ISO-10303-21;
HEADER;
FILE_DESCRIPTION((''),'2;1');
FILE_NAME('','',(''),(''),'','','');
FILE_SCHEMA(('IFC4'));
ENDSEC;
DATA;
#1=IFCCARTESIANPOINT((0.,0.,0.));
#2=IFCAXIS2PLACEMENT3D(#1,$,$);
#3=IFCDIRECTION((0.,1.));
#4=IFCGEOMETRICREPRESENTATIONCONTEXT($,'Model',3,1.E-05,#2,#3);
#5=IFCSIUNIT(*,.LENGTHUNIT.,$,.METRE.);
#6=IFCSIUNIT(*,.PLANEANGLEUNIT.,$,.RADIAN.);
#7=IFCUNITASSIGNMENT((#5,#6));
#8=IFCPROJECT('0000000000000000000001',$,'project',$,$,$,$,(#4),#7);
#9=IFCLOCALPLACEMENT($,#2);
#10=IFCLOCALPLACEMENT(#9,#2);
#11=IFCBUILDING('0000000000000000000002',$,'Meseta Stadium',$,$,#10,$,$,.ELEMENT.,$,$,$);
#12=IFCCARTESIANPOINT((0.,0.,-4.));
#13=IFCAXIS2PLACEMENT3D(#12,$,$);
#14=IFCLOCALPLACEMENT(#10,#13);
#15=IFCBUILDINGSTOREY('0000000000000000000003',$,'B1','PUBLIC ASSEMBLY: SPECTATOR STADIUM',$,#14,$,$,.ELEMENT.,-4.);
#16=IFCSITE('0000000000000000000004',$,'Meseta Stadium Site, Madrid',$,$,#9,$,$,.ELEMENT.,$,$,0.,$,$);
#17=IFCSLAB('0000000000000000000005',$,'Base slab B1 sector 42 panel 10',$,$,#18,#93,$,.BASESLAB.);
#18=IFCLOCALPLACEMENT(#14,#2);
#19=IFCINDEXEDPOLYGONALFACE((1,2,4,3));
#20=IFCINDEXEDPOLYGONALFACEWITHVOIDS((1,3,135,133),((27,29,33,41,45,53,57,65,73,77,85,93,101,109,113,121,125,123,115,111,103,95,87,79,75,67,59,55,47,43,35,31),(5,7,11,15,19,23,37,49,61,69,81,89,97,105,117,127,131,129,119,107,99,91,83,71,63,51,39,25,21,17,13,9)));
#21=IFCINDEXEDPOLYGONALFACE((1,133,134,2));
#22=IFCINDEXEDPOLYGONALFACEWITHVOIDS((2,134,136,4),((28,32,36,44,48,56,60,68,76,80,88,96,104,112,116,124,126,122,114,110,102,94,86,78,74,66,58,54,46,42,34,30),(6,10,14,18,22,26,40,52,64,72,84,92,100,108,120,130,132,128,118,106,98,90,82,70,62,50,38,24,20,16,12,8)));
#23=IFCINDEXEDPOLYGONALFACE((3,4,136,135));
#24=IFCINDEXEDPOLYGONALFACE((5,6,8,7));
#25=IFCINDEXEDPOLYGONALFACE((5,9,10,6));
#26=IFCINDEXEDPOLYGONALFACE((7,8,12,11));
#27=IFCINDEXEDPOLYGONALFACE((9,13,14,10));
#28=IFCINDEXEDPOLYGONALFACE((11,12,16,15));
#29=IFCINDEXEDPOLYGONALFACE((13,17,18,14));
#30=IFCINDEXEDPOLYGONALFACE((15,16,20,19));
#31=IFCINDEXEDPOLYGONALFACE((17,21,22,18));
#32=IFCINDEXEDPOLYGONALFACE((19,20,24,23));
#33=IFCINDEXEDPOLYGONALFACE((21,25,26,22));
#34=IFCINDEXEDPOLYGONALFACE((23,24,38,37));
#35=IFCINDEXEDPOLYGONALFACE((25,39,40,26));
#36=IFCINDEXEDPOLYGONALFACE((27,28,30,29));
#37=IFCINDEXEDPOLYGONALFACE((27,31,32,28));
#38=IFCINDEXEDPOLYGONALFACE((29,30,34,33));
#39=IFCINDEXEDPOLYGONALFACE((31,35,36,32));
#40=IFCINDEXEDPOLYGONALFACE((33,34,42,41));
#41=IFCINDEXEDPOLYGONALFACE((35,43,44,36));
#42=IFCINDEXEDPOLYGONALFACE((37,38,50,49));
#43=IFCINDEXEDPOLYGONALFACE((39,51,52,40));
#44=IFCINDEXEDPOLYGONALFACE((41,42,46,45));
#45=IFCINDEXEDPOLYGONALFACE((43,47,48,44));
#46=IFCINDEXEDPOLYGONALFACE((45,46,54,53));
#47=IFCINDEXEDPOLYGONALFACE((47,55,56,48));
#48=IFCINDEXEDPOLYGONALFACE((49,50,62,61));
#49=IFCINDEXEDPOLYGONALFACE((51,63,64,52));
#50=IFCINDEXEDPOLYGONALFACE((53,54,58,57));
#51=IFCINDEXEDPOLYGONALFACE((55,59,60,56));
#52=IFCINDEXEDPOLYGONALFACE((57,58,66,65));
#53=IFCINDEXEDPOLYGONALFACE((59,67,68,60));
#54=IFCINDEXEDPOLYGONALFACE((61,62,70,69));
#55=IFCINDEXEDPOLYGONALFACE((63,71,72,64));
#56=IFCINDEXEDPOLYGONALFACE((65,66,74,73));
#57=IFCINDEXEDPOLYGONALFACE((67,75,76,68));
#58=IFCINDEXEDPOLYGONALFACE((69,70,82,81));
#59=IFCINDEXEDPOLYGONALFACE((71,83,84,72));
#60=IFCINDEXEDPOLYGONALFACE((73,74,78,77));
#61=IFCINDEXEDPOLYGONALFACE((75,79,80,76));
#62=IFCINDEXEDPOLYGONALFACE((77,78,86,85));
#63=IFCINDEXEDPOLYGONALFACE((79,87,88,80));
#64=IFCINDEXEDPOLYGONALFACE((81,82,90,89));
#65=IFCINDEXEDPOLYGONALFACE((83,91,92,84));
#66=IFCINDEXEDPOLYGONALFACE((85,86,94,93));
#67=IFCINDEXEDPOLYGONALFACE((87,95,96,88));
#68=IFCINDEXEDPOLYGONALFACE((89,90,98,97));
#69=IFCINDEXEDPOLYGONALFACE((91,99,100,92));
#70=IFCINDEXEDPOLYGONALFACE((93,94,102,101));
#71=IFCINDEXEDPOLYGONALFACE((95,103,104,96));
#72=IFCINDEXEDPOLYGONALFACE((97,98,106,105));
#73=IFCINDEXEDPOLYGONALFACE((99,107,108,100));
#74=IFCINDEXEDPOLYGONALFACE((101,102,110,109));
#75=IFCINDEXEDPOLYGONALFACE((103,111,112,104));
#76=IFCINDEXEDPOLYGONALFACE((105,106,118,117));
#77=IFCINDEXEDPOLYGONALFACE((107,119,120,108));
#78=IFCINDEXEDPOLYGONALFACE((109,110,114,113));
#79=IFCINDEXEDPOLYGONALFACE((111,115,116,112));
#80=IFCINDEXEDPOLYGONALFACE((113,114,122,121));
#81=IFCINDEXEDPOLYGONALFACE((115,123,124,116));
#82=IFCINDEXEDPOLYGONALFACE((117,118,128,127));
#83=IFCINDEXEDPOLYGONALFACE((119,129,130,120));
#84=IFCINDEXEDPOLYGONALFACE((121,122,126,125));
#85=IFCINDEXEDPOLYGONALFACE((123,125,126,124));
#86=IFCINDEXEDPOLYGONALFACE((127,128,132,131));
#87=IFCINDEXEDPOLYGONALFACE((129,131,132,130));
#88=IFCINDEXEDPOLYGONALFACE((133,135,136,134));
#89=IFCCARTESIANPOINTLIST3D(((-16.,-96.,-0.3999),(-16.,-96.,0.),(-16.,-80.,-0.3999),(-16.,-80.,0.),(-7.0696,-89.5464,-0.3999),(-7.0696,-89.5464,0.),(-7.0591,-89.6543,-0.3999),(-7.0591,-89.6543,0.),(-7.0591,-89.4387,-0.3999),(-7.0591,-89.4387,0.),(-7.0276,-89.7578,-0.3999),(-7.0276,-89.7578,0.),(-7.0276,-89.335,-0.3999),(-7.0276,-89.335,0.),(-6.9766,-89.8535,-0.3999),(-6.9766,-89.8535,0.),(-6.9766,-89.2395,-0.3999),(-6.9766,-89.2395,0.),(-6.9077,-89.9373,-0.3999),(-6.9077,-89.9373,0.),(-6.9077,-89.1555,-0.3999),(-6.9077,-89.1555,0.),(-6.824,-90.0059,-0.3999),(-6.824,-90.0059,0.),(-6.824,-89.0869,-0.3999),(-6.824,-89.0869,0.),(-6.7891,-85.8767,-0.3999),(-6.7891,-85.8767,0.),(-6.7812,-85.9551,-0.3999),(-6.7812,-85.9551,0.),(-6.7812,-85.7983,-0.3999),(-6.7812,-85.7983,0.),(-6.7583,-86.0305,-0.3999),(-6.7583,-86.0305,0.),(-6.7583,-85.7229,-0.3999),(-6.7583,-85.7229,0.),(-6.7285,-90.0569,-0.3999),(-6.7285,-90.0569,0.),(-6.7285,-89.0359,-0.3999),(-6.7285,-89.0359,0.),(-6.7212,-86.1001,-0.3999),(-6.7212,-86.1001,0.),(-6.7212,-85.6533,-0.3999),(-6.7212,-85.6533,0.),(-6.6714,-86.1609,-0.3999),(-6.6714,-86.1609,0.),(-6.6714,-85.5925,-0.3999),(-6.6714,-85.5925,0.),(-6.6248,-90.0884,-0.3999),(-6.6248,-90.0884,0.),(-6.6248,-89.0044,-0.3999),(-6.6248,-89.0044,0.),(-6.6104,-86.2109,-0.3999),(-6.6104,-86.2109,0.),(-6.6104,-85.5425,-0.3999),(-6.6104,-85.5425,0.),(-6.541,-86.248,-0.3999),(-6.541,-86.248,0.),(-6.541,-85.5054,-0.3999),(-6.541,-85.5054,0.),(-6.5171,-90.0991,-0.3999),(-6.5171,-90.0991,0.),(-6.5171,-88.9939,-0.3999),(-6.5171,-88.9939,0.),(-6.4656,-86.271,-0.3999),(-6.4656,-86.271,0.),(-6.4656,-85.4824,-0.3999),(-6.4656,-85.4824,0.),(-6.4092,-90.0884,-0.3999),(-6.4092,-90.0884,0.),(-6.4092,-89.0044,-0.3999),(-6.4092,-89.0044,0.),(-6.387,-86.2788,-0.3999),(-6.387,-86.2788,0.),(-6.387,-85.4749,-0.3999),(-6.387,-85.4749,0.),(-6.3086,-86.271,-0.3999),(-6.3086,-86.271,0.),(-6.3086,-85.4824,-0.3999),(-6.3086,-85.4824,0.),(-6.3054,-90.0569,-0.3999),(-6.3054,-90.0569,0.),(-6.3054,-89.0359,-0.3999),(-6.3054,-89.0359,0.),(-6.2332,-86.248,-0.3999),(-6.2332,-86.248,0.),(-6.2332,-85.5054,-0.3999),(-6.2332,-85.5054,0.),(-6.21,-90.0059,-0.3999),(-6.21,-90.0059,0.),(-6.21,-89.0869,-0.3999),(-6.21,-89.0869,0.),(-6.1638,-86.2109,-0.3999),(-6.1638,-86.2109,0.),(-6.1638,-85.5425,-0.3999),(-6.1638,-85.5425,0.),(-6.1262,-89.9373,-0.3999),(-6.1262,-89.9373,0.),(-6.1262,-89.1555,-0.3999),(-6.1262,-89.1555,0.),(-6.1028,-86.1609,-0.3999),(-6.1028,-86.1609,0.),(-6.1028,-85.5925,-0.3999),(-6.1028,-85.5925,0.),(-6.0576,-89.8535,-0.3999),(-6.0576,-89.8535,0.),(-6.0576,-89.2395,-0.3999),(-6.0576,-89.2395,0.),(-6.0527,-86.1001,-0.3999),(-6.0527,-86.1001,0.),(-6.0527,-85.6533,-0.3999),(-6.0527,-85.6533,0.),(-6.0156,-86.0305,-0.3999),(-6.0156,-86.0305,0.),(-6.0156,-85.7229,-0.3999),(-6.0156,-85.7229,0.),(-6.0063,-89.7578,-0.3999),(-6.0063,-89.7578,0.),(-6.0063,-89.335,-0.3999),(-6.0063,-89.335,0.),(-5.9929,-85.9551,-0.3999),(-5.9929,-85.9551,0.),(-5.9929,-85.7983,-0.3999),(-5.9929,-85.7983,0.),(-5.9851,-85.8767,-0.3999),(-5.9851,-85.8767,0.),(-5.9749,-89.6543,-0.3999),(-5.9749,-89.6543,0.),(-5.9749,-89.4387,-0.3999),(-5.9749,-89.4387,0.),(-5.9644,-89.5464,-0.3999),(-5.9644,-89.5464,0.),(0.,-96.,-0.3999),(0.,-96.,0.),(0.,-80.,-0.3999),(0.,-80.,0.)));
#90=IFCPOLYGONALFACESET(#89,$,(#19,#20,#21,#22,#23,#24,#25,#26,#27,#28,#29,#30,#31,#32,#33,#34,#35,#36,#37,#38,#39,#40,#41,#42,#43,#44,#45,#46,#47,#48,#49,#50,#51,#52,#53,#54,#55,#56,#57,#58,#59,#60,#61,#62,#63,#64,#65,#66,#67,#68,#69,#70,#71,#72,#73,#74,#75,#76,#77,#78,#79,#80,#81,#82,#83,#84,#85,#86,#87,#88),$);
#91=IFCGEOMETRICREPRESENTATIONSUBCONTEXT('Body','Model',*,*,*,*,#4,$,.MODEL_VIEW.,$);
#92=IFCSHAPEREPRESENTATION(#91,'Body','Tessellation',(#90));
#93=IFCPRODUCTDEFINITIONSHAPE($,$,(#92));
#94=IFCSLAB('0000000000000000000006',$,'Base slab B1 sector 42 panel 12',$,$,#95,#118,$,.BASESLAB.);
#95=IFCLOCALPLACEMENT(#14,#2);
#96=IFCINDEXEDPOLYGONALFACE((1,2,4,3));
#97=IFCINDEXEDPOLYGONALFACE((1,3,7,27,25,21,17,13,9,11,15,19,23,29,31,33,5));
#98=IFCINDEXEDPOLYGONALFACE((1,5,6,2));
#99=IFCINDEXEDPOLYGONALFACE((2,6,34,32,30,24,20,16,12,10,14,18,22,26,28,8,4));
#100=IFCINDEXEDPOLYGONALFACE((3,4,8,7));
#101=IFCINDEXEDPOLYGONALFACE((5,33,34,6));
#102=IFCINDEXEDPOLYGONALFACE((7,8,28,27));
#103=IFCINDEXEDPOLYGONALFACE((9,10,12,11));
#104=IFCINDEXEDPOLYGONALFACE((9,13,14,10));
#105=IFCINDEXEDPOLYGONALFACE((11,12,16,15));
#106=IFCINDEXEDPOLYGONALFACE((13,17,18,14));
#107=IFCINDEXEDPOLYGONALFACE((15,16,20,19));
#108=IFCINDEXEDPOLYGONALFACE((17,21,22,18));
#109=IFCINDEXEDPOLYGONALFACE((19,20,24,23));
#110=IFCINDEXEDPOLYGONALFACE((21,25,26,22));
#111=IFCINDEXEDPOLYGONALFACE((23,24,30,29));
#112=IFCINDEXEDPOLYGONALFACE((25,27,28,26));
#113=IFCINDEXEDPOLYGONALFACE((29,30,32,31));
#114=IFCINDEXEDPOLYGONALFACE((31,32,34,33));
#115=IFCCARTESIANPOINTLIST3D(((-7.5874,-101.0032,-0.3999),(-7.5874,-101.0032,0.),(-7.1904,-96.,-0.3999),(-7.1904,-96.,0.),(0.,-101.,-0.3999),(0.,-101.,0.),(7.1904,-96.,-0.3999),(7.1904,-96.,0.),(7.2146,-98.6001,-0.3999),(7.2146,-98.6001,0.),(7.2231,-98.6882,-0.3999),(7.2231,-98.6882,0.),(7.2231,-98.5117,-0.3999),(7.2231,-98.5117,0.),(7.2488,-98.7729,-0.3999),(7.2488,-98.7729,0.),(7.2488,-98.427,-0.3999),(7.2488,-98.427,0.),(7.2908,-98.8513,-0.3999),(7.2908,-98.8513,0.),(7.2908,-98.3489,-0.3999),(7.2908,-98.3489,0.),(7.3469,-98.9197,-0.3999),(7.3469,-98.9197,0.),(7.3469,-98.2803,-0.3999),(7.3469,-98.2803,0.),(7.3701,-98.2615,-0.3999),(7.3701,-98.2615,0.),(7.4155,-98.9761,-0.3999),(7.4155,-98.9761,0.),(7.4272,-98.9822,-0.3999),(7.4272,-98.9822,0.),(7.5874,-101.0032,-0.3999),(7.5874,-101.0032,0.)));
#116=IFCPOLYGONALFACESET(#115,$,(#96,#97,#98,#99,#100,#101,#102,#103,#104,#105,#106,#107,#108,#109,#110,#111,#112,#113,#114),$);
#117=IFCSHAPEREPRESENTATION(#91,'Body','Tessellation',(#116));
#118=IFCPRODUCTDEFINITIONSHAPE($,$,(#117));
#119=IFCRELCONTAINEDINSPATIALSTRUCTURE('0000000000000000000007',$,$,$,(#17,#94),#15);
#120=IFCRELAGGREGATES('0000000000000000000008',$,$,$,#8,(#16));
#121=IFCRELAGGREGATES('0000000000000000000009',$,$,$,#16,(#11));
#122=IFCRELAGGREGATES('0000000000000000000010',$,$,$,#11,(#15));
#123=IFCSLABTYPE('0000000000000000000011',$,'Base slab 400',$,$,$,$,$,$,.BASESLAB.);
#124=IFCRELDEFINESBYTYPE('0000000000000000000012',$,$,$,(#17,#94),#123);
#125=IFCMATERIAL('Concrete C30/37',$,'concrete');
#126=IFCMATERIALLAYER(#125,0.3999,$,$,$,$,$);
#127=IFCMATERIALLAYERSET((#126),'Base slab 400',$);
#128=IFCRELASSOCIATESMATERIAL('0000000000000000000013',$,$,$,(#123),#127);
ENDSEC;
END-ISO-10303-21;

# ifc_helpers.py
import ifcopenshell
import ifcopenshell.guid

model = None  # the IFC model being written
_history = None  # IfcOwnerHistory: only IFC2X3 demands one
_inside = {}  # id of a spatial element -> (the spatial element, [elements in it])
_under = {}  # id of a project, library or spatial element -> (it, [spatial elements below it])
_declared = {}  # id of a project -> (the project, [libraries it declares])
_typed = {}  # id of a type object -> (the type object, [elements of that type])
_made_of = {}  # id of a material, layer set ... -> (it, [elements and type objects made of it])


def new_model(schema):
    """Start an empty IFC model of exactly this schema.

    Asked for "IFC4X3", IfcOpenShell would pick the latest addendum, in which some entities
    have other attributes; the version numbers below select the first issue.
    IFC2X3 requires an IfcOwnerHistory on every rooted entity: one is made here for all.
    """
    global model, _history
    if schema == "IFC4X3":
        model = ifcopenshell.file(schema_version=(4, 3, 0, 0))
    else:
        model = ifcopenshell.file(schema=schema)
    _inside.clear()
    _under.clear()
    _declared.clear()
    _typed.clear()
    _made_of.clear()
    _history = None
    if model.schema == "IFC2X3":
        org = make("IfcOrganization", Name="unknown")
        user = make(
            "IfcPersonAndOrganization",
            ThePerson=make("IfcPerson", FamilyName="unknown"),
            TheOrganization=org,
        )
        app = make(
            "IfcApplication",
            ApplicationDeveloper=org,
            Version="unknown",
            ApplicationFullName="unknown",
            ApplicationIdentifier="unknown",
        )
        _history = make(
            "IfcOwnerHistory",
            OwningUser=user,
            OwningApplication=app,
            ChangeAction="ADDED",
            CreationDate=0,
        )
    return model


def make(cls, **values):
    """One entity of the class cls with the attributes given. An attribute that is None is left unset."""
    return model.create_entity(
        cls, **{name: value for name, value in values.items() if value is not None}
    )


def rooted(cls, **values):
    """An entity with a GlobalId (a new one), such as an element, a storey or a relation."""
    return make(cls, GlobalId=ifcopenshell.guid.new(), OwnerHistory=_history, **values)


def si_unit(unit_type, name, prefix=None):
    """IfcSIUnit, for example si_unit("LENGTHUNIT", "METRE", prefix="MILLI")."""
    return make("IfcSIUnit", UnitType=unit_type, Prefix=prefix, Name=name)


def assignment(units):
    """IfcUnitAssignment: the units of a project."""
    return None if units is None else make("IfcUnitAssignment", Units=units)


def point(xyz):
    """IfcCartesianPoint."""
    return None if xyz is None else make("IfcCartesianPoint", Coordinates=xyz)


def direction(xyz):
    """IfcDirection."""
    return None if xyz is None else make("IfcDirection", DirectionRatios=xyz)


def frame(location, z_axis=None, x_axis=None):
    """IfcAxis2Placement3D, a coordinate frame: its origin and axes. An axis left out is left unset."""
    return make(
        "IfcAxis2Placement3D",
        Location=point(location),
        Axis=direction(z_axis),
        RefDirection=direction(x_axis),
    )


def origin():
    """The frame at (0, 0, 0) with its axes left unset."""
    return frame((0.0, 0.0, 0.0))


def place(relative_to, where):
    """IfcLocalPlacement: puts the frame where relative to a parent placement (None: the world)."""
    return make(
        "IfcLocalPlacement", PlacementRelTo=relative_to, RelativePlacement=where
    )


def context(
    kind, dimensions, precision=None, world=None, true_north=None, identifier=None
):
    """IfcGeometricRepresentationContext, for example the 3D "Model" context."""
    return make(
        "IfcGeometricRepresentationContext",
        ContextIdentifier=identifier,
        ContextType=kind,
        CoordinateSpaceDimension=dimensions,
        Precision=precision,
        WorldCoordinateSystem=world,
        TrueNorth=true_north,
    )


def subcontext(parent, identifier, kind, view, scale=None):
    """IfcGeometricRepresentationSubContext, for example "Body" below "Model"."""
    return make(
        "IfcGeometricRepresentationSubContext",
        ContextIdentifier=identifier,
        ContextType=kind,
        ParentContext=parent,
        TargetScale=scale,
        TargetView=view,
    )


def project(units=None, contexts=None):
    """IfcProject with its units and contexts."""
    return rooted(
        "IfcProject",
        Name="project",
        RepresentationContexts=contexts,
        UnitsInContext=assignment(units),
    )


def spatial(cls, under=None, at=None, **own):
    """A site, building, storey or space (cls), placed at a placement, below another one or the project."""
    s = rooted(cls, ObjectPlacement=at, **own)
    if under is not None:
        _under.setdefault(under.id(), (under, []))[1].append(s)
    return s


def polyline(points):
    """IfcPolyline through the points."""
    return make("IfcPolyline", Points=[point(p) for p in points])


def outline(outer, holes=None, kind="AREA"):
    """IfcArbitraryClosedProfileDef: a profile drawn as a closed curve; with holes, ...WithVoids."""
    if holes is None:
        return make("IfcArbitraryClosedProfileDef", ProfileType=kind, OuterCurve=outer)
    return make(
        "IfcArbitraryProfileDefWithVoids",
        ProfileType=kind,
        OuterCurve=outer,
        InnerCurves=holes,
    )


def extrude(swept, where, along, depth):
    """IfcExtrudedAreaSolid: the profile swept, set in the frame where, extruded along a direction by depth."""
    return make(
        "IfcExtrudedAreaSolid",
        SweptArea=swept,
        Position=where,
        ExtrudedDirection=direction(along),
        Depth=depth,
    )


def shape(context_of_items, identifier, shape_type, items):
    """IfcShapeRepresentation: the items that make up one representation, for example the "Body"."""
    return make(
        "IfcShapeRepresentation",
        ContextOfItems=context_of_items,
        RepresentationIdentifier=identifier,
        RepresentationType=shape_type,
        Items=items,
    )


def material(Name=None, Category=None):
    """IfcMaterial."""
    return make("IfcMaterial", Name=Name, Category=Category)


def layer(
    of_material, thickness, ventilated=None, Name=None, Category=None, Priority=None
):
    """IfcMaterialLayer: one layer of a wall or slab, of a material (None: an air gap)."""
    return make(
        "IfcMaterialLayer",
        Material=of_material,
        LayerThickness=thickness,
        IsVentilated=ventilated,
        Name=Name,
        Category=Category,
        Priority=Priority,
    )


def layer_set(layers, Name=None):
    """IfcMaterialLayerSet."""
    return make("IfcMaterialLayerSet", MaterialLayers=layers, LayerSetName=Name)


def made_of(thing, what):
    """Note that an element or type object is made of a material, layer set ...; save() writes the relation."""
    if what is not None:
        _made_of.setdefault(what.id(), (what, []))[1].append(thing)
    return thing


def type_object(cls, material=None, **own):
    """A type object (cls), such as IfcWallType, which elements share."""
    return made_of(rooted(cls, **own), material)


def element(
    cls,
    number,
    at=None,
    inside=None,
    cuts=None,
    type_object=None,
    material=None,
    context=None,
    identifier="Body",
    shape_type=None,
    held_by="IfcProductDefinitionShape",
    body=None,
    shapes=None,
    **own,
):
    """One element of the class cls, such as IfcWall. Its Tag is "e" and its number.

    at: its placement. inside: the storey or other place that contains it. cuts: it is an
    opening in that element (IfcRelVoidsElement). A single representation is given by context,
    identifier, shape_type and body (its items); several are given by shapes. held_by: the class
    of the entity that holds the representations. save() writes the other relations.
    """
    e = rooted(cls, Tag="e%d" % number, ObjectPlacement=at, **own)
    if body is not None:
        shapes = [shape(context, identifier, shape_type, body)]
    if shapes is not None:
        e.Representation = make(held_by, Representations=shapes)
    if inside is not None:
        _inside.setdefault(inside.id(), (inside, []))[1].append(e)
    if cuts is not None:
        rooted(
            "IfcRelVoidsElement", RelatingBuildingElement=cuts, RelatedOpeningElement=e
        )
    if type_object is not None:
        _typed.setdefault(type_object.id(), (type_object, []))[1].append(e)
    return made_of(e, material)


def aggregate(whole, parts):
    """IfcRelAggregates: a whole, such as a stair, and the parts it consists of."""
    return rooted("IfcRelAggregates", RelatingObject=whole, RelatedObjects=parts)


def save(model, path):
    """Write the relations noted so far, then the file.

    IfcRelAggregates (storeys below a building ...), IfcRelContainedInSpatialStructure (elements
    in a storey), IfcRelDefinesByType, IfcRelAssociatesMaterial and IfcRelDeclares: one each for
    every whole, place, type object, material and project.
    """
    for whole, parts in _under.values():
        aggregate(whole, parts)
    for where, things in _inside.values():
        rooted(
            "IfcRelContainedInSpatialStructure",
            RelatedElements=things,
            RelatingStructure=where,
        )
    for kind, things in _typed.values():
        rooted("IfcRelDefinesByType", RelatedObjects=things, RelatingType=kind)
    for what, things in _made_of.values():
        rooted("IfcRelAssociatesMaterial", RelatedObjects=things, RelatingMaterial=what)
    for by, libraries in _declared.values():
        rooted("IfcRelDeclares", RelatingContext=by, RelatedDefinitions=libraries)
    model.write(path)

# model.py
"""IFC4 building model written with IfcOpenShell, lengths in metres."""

from ifc_helpers import new_model, si_unit, direction, frame, origin, place, context, subcontext, project, spatial, polyline, outline, extrude, material, layer, layer_set, type_object, element, save


model = new_model("IFC4")

# Units and contexts
model_context = context("Model", 3, precision=1e-05, world=origin(), true_north=direction((0.0, 1.0)))
body_context = subcontext(model_context, "Body", "Model", "MODEL_VIEW")
ifc_project = project(units=[si_unit("LENGTHUNIT", "METRE"), si_unit("PLANEANGLEUNIT", "RADIAN")], contexts=[model_context])

# Site, building, storey
site_placement = place(None, origin())
site = spatial("IfcSite", under=ifc_project, at=site_placement, Name="Meseta Stadium Site, Madrid", CompositionType="ELEMENT", RefElevation=0.0)
building_placement = place(site_placement, origin())
building = spatial("IfcBuilding", under=site, at=building_placement, Name="Meseta Stadium", CompositionType="ELEMENT")
storey_placement = place(building_placement, frame((0.0, 0.0, -4.0)))
storey = spatial("IfcBuildingStorey", under=building, at=storey_placement, Name="B1", Description="PUBLIC ASSEMBLY: SPECTATOR STADIUM", CompositionType="ELEMENT", Elevation=-4.0)

# Slabs
ifc_material = material(Name="Concrete C30/37", Category="concrete")
ifc_layer = layer(ifc_material, 0.3999)
ifc_layer_set = layer_set([ifc_layer], Name="Base slab 400")
slab_type = type_object("IfcSlabType", Name="Base slab 400", PredefinedType="BASESLAB", material=ifc_layer_set)
slab_1_placement = place(storey_placement, frame((0.0, 0.0, -0.3999)))
element("IfcSlab", 1, at=slab_1_placement, inside=storey, type_object=slab_type, Name="Base slab B1 sector 42 panel 10", PredefinedType="BASESLAB", context=body_context, shape_type="SweptSolid", body=[
    extrude(outline(polyline([(-16.0, -80.0), (-16.0, -96.0), (0.0, -96.0), (0.0, -80.0), (-16.0, -80.0)]), holes=[polyline([(-6.9766, -89.2395), (-6.9077, -89.1555), (-6.824, -89.0869), (-6.7285, -89.0359), (-6.6248, -89.0044), (-6.5171, -88.9939), (-6.4092, -89.0044), (-6.3054, -89.0359), (-6.21, -89.0869), (-6.1262, -89.1555), (-6.0576, -89.2395), (-6.0063, -89.335), (-5.9749, -89.4387), (-5.9644, -89.5464), (-5.9749, -89.6543), (-6.0063, -89.7578), (-6.0576, -89.8535), (-6.1262, -89.9373), (-6.21, -90.0059), (-6.3054, -90.0569), (-6.4092, -90.0884), (-6.5171, -90.0991), (-6.6248, -90.0884), (-6.7285, -90.0569), (-6.824, -90.0059), (-6.9077, -89.9373), (-6.9766, -89.8535), (-7.0276, -89.7578), (-7.0591, -89.6543), (-7.0696, -89.5464), (-7.0591, -89.4387), (-7.0276, -89.335), (-6.9766, -89.2395)]), polyline([(-6.4656, -85.4824), (-6.387, -85.4749), (-6.3086, -85.4824), (-6.2332, -85.5054), (-6.1638, -85.5425), (-6.1028, -85.5925), (-6.0527, -85.6533), (-6.0156, -85.7229), (-5.9929, -85.7983), (-5.9851, -85.8767), (-5.9929, -85.9551), (-6.0156, -86.0305), (-6.0527, -86.1001), (-6.1028, -86.1609), (-6.1638, -86.2109), (-6.2332, -86.248), (-6.3086, -86.271), (-6.387, -86.2788), (-6.4656, -86.271), (-6.541, -86.248), (-6.6104, -86.2109), (-6.6714, -86.1609), (-6.7212, -86.1001), (-6.7583, -86.0305), (-6.7812, -85.9551), (-6.7891, -85.8767), (-6.7812, -85.7983), (-6.7583, -85.7229), (-6.7212, -85.6533), (-6.6714, -85.5925), (-6.6104, -85.5425), (-6.541, -85.5054), (-6.4656, -85.4824)])]), origin(), (0.0, 0.0, 1.0), 0.3999),
])
slab_2_placement = place(storey_placement, frame((0.0, 0.0, -0.3999)))
element("IfcSlab", 2, at=slab_2_placement, inside=storey, type_object=slab_type, Name="Base slab B1 sector 42 panel 12", PredefinedType="BASESLAB", context=body_context, shape_type="SweptSolid", body=[
    extrude(outline(polyline([(7.1904, -96.0), (-7.1904, -96.0), (-7.5874, -101.0032), (0.0, -101.0), (7.5874, -101.0032), (7.4272, -98.9822), (7.4155, -98.9761), (7.3469, -98.9197), (7.2908, -98.8513), (7.2488, -98.7729), (7.2231, -98.6882), (7.2146, -98.6001), (7.2231, -98.5117), (7.2488, -98.427), (7.2908, -98.3489), (7.3469, -98.2803), (7.3701, -98.2615), (7.1904, -96.0)])), origin(), (0.0, 0.0, 1.0), 0.3999),
])

save(model, "model.ifc")
